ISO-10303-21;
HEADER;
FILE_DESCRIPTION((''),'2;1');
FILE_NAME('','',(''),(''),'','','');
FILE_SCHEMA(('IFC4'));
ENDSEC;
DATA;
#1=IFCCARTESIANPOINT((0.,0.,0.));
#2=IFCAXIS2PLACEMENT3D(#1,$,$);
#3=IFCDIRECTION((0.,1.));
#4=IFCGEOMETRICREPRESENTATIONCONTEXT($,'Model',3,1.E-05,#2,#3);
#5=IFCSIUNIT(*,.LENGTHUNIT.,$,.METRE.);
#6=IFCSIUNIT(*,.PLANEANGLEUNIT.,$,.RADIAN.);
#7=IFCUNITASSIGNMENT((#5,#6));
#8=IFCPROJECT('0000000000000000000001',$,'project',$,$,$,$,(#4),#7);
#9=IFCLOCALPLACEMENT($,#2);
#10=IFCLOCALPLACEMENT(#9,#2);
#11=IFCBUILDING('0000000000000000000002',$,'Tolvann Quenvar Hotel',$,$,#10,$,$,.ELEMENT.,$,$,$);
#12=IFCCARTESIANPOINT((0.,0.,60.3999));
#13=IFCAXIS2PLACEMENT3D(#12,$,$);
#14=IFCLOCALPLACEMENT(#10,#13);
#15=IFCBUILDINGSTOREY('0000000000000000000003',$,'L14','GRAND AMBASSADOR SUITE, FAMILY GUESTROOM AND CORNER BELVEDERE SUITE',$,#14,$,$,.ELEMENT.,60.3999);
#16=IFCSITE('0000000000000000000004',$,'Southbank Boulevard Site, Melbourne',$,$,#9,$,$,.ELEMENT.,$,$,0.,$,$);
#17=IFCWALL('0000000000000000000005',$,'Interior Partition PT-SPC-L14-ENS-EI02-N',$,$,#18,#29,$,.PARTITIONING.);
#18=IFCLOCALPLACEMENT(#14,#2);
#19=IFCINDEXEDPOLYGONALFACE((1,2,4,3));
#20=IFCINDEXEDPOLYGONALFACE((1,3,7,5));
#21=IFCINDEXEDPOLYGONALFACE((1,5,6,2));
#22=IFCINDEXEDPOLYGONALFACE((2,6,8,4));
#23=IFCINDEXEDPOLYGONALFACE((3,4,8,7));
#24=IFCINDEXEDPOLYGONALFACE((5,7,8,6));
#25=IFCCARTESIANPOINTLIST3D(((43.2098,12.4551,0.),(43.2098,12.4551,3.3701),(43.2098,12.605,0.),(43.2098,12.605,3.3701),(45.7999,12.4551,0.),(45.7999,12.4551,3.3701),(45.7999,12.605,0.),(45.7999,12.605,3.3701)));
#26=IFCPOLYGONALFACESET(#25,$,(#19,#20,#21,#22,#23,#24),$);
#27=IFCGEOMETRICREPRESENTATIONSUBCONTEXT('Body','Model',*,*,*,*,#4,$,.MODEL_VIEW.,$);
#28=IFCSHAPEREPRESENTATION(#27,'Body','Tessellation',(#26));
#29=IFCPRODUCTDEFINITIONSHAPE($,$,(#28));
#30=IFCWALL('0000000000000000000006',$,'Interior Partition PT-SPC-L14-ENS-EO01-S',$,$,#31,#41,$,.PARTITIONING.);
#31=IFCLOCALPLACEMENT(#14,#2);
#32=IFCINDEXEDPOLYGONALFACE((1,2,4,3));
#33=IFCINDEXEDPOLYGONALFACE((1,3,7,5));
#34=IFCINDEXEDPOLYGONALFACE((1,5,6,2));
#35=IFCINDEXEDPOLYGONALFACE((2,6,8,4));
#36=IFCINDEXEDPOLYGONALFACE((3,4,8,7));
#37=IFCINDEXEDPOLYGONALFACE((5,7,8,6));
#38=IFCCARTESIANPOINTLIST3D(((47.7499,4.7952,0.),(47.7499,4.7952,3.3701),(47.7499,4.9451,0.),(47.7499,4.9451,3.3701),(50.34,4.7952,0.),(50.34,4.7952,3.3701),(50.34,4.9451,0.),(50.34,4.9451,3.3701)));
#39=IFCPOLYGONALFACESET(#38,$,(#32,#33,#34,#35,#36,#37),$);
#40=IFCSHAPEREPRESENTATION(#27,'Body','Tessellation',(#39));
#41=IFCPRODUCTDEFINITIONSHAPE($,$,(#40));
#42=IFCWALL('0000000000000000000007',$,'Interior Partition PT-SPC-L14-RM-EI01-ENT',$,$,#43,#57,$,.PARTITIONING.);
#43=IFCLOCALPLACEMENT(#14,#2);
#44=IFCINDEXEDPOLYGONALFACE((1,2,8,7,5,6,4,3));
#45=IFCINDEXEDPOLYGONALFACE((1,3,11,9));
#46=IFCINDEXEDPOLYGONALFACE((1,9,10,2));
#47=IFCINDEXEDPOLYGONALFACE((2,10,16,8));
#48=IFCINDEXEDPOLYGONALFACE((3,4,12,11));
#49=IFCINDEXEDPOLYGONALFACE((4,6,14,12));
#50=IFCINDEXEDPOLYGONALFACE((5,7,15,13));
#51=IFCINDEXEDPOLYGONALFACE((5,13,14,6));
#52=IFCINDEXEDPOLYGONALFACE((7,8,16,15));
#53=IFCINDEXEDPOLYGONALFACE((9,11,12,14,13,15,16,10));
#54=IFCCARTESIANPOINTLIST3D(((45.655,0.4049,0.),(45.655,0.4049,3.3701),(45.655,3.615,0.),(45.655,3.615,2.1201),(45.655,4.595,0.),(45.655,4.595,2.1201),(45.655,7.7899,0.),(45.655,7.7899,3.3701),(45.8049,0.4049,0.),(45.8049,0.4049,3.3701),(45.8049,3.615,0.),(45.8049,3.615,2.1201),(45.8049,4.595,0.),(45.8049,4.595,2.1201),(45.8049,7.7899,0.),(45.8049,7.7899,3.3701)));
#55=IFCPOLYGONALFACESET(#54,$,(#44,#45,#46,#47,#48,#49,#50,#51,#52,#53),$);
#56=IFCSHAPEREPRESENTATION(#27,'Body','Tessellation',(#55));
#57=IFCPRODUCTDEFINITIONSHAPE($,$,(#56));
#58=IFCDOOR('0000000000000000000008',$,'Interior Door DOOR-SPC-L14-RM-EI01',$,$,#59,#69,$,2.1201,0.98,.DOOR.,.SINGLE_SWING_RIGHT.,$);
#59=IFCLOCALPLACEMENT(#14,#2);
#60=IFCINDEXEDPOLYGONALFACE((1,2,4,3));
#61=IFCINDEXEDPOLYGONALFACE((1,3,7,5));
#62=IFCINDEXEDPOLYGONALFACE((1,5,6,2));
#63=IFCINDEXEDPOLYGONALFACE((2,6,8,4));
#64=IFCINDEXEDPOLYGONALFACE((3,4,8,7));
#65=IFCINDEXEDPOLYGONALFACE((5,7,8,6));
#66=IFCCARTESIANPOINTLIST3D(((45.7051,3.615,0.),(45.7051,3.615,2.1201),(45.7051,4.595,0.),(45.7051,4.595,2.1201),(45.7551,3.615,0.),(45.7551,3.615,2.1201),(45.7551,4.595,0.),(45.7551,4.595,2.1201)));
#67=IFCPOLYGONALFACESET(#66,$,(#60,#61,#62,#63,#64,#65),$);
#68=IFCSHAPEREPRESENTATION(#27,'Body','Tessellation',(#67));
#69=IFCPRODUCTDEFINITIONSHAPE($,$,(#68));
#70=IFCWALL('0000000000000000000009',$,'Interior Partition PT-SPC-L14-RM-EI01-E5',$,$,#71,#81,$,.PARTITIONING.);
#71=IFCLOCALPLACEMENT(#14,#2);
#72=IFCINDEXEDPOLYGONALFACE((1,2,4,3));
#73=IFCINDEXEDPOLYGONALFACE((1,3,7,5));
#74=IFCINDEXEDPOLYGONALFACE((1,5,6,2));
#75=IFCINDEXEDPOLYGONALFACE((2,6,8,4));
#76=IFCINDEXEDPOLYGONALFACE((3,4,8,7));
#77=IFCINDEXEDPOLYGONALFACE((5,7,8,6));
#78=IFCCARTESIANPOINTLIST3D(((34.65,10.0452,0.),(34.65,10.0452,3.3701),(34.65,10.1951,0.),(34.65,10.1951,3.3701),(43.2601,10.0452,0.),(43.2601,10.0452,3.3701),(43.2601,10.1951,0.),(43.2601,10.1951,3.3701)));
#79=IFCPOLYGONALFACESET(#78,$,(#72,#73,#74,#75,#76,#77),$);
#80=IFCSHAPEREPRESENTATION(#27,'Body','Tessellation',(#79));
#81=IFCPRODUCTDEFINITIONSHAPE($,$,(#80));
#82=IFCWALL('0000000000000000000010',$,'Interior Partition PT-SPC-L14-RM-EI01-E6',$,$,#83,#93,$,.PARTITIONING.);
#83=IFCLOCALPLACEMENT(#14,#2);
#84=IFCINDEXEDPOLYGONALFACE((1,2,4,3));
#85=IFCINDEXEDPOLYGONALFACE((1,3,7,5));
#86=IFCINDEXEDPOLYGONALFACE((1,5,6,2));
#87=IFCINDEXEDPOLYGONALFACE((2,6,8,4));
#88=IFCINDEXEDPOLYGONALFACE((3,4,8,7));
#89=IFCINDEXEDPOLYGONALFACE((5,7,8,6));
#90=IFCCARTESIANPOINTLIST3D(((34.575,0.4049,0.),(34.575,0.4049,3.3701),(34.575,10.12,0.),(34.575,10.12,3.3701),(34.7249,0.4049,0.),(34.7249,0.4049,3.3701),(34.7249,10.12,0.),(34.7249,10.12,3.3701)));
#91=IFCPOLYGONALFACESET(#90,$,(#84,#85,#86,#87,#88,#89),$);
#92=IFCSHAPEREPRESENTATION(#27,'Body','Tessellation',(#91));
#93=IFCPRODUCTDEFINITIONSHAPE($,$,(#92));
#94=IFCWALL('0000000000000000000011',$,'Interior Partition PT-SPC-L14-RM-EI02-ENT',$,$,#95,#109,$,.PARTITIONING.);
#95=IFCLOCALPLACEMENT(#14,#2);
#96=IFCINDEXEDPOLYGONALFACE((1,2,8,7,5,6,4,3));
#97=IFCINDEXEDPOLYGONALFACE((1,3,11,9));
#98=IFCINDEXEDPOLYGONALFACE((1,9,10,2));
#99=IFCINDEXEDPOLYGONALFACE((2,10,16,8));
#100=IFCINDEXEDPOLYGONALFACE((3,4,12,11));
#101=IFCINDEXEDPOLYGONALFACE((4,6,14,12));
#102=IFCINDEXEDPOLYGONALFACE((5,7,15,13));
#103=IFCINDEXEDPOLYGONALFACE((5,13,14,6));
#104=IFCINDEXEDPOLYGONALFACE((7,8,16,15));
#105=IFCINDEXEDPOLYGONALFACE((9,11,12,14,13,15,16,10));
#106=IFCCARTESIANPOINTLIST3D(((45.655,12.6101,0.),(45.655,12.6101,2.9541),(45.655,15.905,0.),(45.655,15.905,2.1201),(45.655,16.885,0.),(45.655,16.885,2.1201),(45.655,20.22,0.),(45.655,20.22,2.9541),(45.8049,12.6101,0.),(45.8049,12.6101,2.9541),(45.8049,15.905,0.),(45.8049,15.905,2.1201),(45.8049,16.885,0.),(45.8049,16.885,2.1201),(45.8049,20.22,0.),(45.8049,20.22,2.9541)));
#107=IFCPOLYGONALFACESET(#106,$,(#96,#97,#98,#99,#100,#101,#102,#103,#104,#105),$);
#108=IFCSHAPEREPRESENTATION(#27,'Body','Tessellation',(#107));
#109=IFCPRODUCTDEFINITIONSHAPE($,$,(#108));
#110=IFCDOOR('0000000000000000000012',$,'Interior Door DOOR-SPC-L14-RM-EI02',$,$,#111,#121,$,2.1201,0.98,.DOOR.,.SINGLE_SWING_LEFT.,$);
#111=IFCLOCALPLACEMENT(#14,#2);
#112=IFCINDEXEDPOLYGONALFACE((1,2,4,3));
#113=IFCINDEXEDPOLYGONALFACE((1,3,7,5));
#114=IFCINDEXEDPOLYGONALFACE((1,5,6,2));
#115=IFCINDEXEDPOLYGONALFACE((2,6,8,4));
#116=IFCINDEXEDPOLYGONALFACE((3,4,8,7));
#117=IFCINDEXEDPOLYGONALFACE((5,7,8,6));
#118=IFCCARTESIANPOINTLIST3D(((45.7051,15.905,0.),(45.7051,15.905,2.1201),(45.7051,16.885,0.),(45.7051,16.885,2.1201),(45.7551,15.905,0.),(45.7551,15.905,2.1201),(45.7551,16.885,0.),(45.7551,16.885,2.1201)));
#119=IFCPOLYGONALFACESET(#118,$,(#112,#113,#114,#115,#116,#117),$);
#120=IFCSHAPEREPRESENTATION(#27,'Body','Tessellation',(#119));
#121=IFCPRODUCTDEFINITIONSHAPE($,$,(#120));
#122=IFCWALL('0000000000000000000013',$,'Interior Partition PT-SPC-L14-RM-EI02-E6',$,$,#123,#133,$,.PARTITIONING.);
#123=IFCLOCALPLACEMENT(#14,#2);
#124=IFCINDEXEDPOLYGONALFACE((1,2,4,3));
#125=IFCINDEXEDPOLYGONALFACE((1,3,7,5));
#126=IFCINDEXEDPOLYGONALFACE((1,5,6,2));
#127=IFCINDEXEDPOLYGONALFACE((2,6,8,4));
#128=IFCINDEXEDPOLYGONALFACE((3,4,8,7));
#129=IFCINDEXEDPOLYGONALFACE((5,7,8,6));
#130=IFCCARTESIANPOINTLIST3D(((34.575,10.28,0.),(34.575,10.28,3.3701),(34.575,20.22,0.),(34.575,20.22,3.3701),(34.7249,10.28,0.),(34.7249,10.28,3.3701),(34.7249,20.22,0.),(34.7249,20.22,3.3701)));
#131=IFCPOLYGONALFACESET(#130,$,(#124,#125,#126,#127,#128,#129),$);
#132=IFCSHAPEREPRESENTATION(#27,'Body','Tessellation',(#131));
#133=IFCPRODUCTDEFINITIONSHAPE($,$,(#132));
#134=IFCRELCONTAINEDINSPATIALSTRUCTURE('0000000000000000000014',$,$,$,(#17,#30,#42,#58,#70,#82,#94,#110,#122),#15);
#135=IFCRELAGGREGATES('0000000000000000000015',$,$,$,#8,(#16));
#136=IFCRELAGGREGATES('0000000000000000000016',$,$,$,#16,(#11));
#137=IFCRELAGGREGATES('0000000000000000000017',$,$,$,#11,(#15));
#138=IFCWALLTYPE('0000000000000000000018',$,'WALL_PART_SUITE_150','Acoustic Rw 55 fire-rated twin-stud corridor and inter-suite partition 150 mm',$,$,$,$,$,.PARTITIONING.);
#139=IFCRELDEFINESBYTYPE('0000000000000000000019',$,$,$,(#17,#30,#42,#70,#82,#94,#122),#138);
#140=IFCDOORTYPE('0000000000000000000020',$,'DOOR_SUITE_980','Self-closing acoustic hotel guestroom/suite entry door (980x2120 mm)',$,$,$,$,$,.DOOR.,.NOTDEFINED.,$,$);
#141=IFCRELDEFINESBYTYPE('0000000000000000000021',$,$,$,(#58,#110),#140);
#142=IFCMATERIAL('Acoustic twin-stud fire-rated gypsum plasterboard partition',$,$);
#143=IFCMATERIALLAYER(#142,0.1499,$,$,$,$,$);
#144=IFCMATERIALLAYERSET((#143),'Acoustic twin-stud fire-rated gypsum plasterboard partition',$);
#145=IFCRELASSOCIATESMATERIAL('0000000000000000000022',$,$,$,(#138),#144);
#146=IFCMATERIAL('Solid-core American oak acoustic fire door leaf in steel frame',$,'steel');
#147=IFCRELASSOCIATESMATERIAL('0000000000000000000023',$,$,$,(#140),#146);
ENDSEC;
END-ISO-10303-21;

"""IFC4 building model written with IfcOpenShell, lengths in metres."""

from ifc_helpers import new_model, si_unit, direction, frame, frame_2d, origin, place, context, subcontext, project, spatial, rectangle, extrude, source, transform, mapped, material, layer, layer_set, type_object, type_shapes, element, fill, save


model = new_model("IFC4")

# Units and contexts
model_context = context("Model", 3, precision=1e-05, world=origin(), true_north=direction((0.0, 1.0)))
body_context = subcontext(model_context, "Body", "Model", "MODEL_VIEW")
ifc_project = project(units=[si_unit("LENGTHUNIT", "METRE"), si_unit("PLANEANGLEUNIT", "RADIAN")], contexts=[model_context])

# Site, building, storey
site_placement = place(None, origin())
site = spatial("IfcSite", under=ifc_project, at=site_placement, Name="Southbank Boulevard Site, Melbourne", CompositionType="ELEMENT", RefElevation=0.0)
building_placement = place(site_placement, origin())
building = spatial("IfcBuilding", under=site, at=building_placement, Name="Tolvann Quenvar Hotel", CompositionType="ELEMENT")
storey_placement = place(building_placement, frame((0.0, 0.0, 60.3999)))
storey = spatial("IfcBuildingStorey", under=building, at=storey_placement, Name="L14", Description="GRAND AMBASSADOR SUITE, FAMILY GUESTROOM AND CORNER BELVEDERE SUITE", CompositionType="ELEMENT", Elevation=60.3999)

# Shared definitions
ifc_material_1 = material(Name="Acoustic twin-stud fire-rated gypsum plasterboard partition")
ifc_layer_1 = layer(ifc_material_1, 0.1499)
ifc_layer_set_1 = layer_set([ifc_layer_1], Name="Acoustic twin-stud fire-rated gypsum plasterboard partition")
wall_type_1 = type_object("IfcWallType", Name="WALL_PART_SUITE_150", Description="Acoustic Rw 55 fire-rated twin-stud corridor and inter-suite partition 150 mm", PredefinedType="PARTITIONING", material=ifc_layer_set_1)
ifc_material_2 = material(Name="Solid-core American oak acoustic fire door leaf in steel frame", Category="steel")

# Walls
for number, where, z_axis, x_axis, name in (
    (1, (43.21, 12.53, 0.0), (0.0, 0.0, 1.0), (1.0, 0.0, 0.0), "Interior Partition PT-SPC-L14-ENS-EI02-N"),
    (2, (47.75, 4.8701, 0.0), (0.0, 0.0, 1.0), (1.0, 0.0, 0.0), "Interior Partition PT-SPC-L14-ENS-EO01-S"),
):
    element("IfcWall", number, at=place(storey_placement, frame(where, z_axis=z_axis, x_axis=x_axis)), inside=storey, type_object=wall_type_1, Name=name, PredefinedType="PARTITIONING", context=body_context, shape_type="SweptSolid", body=[
        extrude(rectangle(XDim=2.5901, YDim=0.1499, at=frame_2d((1.2949, 0.0))), origin(), (0.0, 0.0, 1.0), 3.3701),
    ])

# Wall, opening, door
wall_1_placement = place(storey_placement, frame((45.73, 0.405, 0.0), z_axis=(0.0, 0.0, 1.0), x_axis=(0.0, 1.0, 0.0)))
wall_1 = element("IfcWall", 3, at=wall_1_placement, inside=storey, type_object=wall_type_1, Name="Interior Partition PT-SPC-L14-RM-EI01-ENT", PredefinedType="PARTITIONING", context=body_context, shape_type="SweptSolid", body=[
    extrude(rectangle(XDim=7.385, YDim=0.1499, at=frame_2d((3.6924, 0.0))), origin(), (0.0, 0.0, 1.0), 3.3701),
])
opening_1_placement = place(wall_1_placement, frame((3.21, 0.0, 0.0)))
opening_1 = element("IfcOpeningElement", 4, at=opening_1_placement, cuts=wall_1, PredefinedType="OPENING", context=body_context, shape_type="SweptSolid", body=[
    extrude(rectangle(XDim=0.98, YDim=2.1201, at=frame_2d((0.49, 1.0601))), frame((0.0, 0.085, 0.0), z_axis=(0.0, -1.0, 0.0), x_axis=(1.0, 0.0, 0.0)), (0.0, 0.0, 1.0), 0.1699),
])
door_type_1 = type_object("IfcDoorType", Name="DOOR_SUITE_980", Description="Self-closing acoustic hotel guestroom/suite entry door (980x2120 mm)", OperationType="NOTDEFINED", PredefinedType="DOOR", material=ifc_material_2)
shared_shape_1 = source(origin(), body_context, "Body", "SweptSolid", [
    extrude(rectangle(XDim=0.98, YDim=2.1201, at=frame_2d((0.49, 1.0601))), frame((0.0, 0.0249, 0.0), z_axis=(0.0, -1.0, 0.0), x_axis=(1.0, 0.0, 0.0)), (0.0, 0.0, 1.0), 0.05),
])
type_shapes(door_type_1, [shared_shape_1])
door_1_placement = place(opening_1_placement, origin())
door_1 = element("IfcDoor", 5, at=door_1_placement, inside=storey, type_object=door_type_1, Name="Interior Door DOOR-SPC-L14-RM-EI01", OperationType="SINGLE_SWING_RIGHT", OverallHeight=2.1201, OverallWidth=0.98, PredefinedType="DOOR", context=body_context, shape_type="MappedRepresentation", body=[
    mapped(shared_shape_1, transform((0.0, 0.0, 0.0), x_axis=(1.0, 0.0, 0.0), y_axis=(0.0, 1.0, 0.0), z_axis=(0.0, 0.0, 1.0), scale=1.0)),
])
fill(opening_1, door_1)

# Walls
wall_2_placement = place(storey_placement, frame((34.6499, 10.1201, 0.0), z_axis=(0.0, 0.0, 1.0), x_axis=(1.0, 0.0, 0.0)))
element("IfcWall", 6, at=wall_2_placement, inside=storey, type_object=wall_type_1, Name="Interior Partition PT-SPC-L14-RM-EI01-E5", PredefinedType="PARTITIONING", context=body_context, shape_type="SweptSolid", body=[
    extrude(rectangle(XDim=8.6101, YDim=0.1499, at=frame_2d((4.3052, 0.0))), origin(), (0.0, 0.0, 1.0), 3.3701),
])
wall_3_placement = place(storey_placement, frame((34.6499, 0.405, 0.0), z_axis=(0.0, 0.0, 1.0), x_axis=(0.0, 1.0, 0.0)))
element("IfcWall", 7, at=wall_3_placement, inside=storey, type_object=wall_type_1, Name="Interior Partition PT-SPC-L14-RM-EI01-E6", PredefinedType="PARTITIONING", context=body_context, shape_type="SweptSolid", body=[
    extrude(rectangle(XDim=9.7151, YDim=0.1499, at=frame_2d((4.8574, 0.0))), origin(), (0.0, 0.0, 1.0), 3.3701),
])

# Wall, opening, door
wall_4_placement = place(storey_placement, frame((45.73, 12.6101, 0.0), z_axis=(0.0, 0.0, 1.0), x_axis=(0.0, 1.0, 0.0)))
wall_4 = element("IfcWall", 8, at=wall_4_placement, inside=storey, type_object=wall_type_1, Name="Interior Partition PT-SPC-L14-RM-EI02-ENT", PredefinedType="PARTITIONING", context=body_context, shape_type="SweptSolid", body=[
    extrude(rectangle(XDim=7.6099, YDim=0.1499, at=frame_2d((3.8049, 0.0))), origin(), (0.0, 0.0, 1.0), 2.9541),
])
opening_2_placement = place(wall_4_placement, frame((3.2949, 0.0, 0.0)))
opening_2 = element("IfcOpeningElement", 9, at=opening_2_placement, cuts=wall_4, PredefinedType="OPENING", context=body_context, shape_type="SweptSolid", body=[
    extrude(rectangle(XDim=0.98, YDim=2.1201, at=frame_2d((0.49, 1.0601))), frame((0.0, 0.085, 0.0), z_axis=(0.0, -1.0, 0.0), x_axis=(1.0, 0.0, 0.0)), (0.0, 0.0, 1.0), 0.1699),
])
door_2_placement = place(opening_2_placement, origin())
door_2 = element("IfcDoor", 10, at=door_2_placement, inside=storey, type_object=door_type_1, Name="Interior Door DOOR-SPC-L14-RM-EI02", OperationType="SINGLE_SWING_LEFT", OverallHeight=2.1201, OverallWidth=0.98, PredefinedType="DOOR", context=body_context, shape_type="MappedRepresentation", body=[
    mapped(shared_shape_1, transform((0.0, 0.0, 0.0), x_axis=(1.0, 0.0, 0.0), y_axis=(0.0, 1.0, 0.0), z_axis=(0.0, 0.0, 1.0), scale=1.0)),
])
fill(opening_2, door_2)

# Wall
wall_5_placement = place(storey_placement, frame((34.6499, 10.28, 0.0), z_axis=(0.0, 0.0, 1.0), x_axis=(0.0, 1.0, 0.0)))
element("IfcWall", 11, at=wall_5_placement, inside=storey, type_object=wall_type_1, Name="Interior Partition PT-SPC-L14-RM-EI02-E6", PredefinedType="PARTITIONING", context=body_context, shape_type="SweptSolid", body=[
    extrude(rectangle(XDim=9.9399, YDim=0.1499, at=frame_2d((4.97, 0.0))), origin(), (0.0, 0.0, 1.0), 3.3701),
])

save(model, "model.ifc")
